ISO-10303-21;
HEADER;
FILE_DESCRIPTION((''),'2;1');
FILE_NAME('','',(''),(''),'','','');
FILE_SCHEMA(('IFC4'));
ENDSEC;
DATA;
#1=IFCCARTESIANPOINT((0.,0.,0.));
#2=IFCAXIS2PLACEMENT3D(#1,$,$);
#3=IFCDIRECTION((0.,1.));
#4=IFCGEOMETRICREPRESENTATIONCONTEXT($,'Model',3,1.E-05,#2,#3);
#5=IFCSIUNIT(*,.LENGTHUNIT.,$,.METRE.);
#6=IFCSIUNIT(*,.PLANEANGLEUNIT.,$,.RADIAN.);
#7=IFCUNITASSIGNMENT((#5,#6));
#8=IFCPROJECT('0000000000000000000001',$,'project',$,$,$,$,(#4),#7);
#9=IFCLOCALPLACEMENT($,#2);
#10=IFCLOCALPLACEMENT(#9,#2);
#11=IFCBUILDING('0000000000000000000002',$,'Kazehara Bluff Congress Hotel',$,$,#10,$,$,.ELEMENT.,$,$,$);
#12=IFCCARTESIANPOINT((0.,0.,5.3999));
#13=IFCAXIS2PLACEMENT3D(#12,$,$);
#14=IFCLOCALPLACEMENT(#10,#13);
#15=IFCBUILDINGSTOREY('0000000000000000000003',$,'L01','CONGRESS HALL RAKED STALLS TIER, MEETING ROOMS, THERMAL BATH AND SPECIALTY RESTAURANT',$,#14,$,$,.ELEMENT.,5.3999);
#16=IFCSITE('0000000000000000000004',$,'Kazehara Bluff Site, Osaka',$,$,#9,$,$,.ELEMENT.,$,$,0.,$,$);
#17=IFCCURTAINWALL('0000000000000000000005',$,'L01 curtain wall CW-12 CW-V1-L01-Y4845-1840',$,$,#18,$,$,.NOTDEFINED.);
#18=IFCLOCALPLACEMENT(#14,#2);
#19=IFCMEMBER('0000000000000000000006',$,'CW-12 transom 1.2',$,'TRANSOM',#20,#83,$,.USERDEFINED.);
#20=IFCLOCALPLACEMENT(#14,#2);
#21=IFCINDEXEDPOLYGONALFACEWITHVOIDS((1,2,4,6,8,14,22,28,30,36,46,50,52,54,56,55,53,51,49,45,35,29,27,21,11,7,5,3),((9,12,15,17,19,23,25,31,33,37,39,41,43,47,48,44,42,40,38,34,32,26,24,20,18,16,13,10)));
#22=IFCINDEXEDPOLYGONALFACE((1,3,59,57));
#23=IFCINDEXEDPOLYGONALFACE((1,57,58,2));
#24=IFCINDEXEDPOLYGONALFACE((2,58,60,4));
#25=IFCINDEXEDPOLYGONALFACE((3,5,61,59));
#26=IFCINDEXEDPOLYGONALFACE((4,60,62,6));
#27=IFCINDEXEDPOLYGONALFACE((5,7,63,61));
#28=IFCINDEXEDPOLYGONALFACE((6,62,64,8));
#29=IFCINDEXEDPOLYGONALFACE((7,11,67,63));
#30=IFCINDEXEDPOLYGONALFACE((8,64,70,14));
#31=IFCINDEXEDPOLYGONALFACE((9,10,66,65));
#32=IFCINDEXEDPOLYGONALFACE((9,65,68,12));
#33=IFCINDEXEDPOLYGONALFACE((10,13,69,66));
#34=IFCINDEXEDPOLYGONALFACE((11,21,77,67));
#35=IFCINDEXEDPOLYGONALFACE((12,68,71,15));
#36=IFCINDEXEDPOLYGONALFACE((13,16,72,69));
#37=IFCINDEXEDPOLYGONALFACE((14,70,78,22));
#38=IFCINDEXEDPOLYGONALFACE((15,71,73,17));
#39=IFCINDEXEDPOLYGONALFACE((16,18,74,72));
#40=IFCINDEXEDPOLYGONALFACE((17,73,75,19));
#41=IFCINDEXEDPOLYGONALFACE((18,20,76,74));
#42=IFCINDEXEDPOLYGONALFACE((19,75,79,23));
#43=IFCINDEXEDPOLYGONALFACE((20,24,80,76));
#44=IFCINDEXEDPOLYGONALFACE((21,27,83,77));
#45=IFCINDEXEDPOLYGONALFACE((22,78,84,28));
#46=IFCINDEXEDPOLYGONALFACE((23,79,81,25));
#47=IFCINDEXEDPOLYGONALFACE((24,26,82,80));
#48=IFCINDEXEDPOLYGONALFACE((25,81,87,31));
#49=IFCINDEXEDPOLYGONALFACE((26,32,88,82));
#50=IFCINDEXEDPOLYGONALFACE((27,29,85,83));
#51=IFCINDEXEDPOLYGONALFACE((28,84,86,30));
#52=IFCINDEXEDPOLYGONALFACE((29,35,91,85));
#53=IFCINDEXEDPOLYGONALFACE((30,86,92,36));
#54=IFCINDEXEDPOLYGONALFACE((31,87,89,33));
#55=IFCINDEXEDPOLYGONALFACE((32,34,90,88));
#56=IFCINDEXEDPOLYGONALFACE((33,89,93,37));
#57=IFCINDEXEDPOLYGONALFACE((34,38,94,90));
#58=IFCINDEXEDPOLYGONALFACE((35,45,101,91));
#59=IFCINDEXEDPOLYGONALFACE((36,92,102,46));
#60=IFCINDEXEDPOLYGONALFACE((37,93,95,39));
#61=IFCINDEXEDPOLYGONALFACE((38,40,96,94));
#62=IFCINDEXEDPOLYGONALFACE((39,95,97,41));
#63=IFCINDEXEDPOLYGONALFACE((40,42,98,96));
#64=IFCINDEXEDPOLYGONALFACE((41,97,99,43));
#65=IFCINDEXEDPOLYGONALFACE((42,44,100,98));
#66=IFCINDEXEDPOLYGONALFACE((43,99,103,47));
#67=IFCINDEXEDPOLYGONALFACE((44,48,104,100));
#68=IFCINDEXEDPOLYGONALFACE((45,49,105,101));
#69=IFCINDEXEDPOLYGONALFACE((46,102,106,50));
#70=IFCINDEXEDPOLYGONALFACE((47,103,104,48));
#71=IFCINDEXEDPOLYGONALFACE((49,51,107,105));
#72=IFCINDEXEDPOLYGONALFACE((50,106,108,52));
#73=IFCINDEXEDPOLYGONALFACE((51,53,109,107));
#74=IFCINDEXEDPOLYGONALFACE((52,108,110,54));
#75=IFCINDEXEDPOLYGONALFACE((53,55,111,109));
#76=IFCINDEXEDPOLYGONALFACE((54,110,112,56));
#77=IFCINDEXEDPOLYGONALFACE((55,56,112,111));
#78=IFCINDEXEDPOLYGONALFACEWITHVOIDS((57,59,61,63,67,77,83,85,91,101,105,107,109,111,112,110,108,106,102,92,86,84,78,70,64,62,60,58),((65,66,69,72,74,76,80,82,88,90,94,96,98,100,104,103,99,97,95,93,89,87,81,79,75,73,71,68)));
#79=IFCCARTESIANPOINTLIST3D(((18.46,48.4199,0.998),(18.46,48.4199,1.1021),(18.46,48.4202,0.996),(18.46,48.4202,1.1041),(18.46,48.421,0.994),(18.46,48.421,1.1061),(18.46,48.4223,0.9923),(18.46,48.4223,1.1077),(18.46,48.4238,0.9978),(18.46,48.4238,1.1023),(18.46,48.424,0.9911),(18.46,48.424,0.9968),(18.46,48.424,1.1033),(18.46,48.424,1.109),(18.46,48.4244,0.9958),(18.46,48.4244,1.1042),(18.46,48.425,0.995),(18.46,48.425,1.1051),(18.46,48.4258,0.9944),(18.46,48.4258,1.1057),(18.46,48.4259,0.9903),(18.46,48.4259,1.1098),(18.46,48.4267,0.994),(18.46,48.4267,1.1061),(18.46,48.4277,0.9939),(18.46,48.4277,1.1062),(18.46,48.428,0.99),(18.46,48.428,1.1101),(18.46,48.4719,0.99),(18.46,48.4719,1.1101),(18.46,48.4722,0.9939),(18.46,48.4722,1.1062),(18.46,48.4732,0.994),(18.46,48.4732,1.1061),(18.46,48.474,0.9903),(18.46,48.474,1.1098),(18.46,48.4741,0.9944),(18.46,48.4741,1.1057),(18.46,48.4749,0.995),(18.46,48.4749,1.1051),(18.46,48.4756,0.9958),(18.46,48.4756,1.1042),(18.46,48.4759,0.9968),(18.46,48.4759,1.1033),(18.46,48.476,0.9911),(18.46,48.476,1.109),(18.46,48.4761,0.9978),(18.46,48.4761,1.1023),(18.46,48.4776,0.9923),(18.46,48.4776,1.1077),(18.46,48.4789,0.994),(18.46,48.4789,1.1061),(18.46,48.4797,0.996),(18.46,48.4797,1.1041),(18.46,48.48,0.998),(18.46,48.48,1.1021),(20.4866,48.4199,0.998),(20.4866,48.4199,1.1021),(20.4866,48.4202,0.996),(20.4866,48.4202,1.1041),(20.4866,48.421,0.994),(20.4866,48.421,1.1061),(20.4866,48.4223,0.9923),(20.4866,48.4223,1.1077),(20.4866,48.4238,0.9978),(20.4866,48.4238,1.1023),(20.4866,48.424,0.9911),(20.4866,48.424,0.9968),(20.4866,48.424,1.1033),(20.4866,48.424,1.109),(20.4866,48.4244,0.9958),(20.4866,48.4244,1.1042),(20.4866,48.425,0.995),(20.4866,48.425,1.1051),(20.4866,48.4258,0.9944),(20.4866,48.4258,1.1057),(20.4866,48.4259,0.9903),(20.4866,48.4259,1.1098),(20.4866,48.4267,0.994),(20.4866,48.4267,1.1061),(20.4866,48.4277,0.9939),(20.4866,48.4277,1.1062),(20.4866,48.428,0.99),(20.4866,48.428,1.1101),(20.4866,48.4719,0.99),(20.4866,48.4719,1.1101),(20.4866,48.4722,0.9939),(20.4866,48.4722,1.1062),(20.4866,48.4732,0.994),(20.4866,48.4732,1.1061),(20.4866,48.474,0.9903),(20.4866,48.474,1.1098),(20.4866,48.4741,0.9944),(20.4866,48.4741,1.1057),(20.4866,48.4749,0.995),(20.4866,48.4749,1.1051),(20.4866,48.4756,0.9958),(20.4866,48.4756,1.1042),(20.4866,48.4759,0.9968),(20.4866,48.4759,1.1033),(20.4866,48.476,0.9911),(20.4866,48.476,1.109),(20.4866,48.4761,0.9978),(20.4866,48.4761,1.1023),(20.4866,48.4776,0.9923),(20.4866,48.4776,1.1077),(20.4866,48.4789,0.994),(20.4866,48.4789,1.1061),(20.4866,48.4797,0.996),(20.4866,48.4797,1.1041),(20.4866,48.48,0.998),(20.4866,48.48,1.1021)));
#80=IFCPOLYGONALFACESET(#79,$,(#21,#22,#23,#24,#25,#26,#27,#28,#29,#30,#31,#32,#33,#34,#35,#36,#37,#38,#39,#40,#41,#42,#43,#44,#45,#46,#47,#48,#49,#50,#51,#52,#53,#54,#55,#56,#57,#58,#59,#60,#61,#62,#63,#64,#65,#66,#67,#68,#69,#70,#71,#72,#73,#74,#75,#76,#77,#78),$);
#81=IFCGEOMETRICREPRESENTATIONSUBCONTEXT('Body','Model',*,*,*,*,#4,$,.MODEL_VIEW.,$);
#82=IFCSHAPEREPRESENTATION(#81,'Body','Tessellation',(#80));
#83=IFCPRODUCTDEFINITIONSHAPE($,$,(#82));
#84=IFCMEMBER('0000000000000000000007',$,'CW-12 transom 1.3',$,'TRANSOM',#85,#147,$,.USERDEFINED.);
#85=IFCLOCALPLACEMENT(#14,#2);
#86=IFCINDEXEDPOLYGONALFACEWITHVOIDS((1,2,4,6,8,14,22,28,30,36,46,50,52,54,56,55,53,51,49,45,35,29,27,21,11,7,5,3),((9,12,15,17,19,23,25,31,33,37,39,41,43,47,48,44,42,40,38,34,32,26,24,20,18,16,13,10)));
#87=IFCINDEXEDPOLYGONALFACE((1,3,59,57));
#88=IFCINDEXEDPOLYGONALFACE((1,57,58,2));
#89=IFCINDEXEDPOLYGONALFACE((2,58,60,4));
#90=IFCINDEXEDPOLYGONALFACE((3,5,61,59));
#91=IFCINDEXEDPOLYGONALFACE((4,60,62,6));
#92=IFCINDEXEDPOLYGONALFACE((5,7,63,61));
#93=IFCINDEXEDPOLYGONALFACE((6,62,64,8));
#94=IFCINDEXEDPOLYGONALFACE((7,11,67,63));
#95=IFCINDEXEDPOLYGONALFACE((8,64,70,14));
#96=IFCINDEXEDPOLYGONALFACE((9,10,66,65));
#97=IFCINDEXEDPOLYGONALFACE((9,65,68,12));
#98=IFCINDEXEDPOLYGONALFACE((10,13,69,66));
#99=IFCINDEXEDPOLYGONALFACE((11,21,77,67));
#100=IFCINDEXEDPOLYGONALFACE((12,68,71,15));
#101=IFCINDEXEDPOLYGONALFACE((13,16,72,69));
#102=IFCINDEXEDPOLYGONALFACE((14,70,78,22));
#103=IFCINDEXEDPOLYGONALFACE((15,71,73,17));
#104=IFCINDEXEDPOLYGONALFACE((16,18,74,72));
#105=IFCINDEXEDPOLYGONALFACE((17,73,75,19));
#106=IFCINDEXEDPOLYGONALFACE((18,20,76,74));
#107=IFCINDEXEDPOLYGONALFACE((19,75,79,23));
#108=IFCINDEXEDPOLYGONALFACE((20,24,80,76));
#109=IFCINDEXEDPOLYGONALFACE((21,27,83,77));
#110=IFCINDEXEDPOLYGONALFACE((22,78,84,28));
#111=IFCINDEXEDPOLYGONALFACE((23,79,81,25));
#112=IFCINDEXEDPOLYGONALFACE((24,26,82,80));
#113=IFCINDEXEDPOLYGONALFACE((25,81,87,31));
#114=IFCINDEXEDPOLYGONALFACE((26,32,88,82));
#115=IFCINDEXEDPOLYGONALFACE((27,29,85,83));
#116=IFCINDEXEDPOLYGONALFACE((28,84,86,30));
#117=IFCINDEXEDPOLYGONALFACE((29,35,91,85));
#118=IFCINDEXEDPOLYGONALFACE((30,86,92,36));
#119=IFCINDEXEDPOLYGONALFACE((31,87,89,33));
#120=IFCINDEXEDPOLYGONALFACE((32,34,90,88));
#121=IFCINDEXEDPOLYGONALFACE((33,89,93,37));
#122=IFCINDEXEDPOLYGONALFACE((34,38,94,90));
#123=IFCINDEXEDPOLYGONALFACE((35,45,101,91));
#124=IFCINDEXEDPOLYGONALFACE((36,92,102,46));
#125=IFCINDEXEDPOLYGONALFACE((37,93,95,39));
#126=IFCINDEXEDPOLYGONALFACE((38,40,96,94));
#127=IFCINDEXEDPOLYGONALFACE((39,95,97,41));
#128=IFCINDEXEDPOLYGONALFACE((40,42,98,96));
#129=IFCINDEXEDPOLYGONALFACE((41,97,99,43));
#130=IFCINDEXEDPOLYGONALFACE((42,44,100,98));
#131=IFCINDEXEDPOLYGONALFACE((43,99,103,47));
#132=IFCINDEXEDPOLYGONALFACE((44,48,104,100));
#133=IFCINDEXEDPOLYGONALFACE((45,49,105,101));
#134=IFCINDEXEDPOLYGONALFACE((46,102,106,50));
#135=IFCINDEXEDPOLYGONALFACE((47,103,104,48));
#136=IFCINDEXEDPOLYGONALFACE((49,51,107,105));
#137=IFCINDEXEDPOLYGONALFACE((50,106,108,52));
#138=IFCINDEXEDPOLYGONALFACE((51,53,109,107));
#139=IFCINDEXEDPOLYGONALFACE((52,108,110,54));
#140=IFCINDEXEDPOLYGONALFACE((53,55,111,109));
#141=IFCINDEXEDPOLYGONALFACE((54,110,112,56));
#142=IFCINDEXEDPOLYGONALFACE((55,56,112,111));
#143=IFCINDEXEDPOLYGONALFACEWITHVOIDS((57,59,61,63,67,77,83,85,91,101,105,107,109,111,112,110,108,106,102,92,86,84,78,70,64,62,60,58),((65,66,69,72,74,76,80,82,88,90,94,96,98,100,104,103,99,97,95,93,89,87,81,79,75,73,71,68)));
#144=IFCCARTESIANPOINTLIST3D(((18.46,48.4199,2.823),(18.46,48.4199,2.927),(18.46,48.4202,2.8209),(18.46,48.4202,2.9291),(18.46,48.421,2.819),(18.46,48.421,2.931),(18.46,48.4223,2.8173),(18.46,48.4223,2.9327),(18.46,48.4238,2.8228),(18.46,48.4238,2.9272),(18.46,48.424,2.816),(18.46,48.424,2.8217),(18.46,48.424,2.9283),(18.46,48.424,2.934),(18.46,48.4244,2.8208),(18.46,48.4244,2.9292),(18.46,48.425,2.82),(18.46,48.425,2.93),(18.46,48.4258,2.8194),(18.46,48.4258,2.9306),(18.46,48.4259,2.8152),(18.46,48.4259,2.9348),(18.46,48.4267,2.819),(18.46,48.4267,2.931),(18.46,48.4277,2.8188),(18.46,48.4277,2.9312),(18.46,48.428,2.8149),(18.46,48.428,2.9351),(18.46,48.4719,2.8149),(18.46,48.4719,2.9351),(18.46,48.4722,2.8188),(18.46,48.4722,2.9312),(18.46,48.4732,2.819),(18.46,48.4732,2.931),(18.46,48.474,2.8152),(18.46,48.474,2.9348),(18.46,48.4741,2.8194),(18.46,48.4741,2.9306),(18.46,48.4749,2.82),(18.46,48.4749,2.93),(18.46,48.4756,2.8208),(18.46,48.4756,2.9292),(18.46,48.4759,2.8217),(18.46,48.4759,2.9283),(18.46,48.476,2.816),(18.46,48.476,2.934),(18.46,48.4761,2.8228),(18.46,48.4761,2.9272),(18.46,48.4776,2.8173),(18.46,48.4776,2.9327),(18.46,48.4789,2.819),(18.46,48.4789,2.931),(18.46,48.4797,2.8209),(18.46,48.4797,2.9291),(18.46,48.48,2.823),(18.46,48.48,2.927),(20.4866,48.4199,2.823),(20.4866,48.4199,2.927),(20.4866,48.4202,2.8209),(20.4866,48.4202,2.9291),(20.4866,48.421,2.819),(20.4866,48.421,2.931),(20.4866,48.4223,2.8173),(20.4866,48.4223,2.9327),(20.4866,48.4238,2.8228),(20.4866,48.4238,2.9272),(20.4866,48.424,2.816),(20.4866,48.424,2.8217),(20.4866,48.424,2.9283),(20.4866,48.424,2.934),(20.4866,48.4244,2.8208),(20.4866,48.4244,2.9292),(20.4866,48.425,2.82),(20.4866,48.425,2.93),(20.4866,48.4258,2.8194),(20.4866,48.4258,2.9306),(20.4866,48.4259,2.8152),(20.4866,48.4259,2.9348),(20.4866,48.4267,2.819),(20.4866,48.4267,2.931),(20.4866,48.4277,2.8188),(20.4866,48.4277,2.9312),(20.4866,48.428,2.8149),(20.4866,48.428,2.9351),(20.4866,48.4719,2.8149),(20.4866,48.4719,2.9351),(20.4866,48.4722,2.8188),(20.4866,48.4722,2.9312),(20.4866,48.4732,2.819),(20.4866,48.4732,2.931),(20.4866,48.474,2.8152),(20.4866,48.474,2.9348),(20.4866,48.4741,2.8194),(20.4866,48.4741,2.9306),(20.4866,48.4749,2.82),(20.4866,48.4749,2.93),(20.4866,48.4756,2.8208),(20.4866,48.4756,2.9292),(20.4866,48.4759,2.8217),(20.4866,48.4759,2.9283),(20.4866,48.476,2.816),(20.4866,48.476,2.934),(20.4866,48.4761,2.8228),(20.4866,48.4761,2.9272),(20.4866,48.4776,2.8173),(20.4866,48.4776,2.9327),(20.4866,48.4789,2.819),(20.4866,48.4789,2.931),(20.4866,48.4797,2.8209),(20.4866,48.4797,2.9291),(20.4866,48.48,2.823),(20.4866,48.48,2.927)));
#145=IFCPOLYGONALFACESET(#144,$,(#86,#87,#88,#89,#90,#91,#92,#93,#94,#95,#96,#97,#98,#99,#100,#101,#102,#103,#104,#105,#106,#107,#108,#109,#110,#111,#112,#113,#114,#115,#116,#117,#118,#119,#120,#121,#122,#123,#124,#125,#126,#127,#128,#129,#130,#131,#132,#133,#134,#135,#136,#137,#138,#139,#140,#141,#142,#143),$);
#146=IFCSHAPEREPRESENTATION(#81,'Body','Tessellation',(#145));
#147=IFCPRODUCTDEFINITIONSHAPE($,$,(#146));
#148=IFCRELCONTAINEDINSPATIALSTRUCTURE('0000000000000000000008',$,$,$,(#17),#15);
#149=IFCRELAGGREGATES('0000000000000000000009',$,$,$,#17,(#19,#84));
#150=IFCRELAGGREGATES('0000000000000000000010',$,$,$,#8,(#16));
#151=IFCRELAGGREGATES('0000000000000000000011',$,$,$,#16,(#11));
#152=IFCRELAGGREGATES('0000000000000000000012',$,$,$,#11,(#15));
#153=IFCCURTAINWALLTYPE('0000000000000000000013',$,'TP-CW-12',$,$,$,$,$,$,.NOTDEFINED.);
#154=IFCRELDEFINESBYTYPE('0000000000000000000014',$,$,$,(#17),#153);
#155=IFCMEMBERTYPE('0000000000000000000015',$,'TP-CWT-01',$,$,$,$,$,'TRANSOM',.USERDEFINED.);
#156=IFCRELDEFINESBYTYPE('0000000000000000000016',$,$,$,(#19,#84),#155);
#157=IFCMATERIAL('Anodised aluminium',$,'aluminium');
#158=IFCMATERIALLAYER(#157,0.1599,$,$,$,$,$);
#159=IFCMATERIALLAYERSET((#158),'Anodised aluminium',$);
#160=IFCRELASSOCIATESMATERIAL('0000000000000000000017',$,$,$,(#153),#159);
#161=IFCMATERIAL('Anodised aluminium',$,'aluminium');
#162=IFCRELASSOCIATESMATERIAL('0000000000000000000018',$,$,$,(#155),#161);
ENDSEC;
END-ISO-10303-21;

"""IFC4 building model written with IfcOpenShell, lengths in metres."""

from ifc_helpers import new_model, si_unit, direction, frame, origin, origin_2d, place, context, subcontext, project, spatial, hollow_rectangle, extrude, material, layer, layer_set, material_profile, profile_set, type_object, element, aggregate, save


model = new_model("IFC4")

# Units and contexts
model_context = context("Model", 3, precision=1e-05, world=origin(), true_north=direction((0.0, 1.0)))
body_context = subcontext(model_context, "Body", "Model", "MODEL_VIEW")
ifc_project = project(units=[si_unit("LENGTHUNIT", "METRE"), si_unit("PLANEANGLEUNIT", "RADIAN")], contexts=[model_context])

# Site, building, storey
site_placement = place(None, origin())
site = spatial("IfcSite", under=ifc_project, at=site_placement, Name="Kazehara Bluff Site, Osaka", CompositionType="ELEMENT", RefElevation=0.0)
building_placement = place(site_placement, origin())
building = spatial("IfcBuilding", under=site, at=building_placement, Name="Kazehara Bluff Congress Hotel", CompositionType="ELEMENT")
storey_placement = place(building_placement, frame((0.0, 0.0, 5.3999)))
storey = spatial("IfcBuildingStorey", under=building, at=storey_placement, Name="L01", Description="CONGRESS HALL RAKED STALLS TIER, MEETING ROOMS, THERMAL BATH AND SPECIALTY RESTAURANT", CompositionType="ELEMENT", Elevation=5.3999)

# Curtain wall
ifc_material_1 = material(Name="Anodised aluminium", Category="aluminium")
ifc_layer_1 = layer(ifc_material_1, 0.1599)
ifc_layer_set_1 = layer_set([ifc_layer_1], Name="Anodised aluminium")
curtain_wall_type_1 = type_object("IfcCurtainWallType", Name="TP-CW-12", PredefinedType="NOTDEFINED", material=ifc_layer_set_1)
curtain_wall_1_placement = place(storey_placement, origin())
curtain_wall_1 = element("IfcCurtainWall", 1, at=curtain_wall_1_placement, inside=storey, type_object=curtain_wall_type_1, Name="L01 curtain wall CW-12 CW-V1-L01-Y4845-1840", PredefinedType="NOTDEFINED")

# Members
ifc_material_2 = material(Name="Anodised aluminium", Category="aluminium")
ifc_material_profile_1 = material_profile(ifc_material_2, hollow_rectangle(XDim=0.0601, YDim=0.1201, WallThickness=0.0039, InnerFilletRadius=0.0039, OuterFilletRadius=0.0081, at=origin_2d()))
ifc_profile_set_1 = profile_set([ifc_material_profile_1], Name="Anodised aluminium")
member_type_1 = type_object("IfcMemberType", Name="TP-CWT-01", ElementType="TRANSOM", PredefinedType="USERDEFINED", material=ifc_profile_set_1)
member_1_placement = place(storey_placement, frame((18.46, 48.45, 1.05), z_axis=(1.0, 0.0, 0.0), x_axis=(0.0, 1.0, 0.0)))
member_1 = element("IfcMember", 2, at=member_1_placement, type_object=member_type_1, Name="CW-12 transom 1.2", ObjectType="TRANSOM", PredefinedType="USERDEFINED", context=body_context, shape_type="SweptSolid", body=[
    extrude(hollow_rectangle(XDim=0.0601, YDim=0.1201, WallThickness=0.0039, InnerFilletRadius=0.0039, OuterFilletRadius=0.0081, at=origin_2d()), origin(), (0.0, 0.0, 1.0), 2.0266),
])
member_2_placement = place(storey_placement, frame((18.46, 48.45, 2.875), z_axis=(1.0, 0.0, 0.0), x_axis=(0.0, 1.0, 0.0)))
member_2 = element("IfcMember", 3, at=member_2_placement, type_object=member_type_1, Name="CW-12 transom 1.3", ObjectType="TRANSOM", PredefinedType="USERDEFINED", context=body_context, shape_type="SweptSolid", body=[
    extrude(hollow_rectangle(XDim=0.0601, YDim=0.1201, WallThickness=0.0039, InnerFilletRadius=0.0039, OuterFilletRadius=0.0081, at=origin_2d()), origin(), (0.0, 0.0, 1.0), 2.0266),
])

aggregate(curtain_wall_1, [member_1, member_2])

save(model, "model.ifc")
